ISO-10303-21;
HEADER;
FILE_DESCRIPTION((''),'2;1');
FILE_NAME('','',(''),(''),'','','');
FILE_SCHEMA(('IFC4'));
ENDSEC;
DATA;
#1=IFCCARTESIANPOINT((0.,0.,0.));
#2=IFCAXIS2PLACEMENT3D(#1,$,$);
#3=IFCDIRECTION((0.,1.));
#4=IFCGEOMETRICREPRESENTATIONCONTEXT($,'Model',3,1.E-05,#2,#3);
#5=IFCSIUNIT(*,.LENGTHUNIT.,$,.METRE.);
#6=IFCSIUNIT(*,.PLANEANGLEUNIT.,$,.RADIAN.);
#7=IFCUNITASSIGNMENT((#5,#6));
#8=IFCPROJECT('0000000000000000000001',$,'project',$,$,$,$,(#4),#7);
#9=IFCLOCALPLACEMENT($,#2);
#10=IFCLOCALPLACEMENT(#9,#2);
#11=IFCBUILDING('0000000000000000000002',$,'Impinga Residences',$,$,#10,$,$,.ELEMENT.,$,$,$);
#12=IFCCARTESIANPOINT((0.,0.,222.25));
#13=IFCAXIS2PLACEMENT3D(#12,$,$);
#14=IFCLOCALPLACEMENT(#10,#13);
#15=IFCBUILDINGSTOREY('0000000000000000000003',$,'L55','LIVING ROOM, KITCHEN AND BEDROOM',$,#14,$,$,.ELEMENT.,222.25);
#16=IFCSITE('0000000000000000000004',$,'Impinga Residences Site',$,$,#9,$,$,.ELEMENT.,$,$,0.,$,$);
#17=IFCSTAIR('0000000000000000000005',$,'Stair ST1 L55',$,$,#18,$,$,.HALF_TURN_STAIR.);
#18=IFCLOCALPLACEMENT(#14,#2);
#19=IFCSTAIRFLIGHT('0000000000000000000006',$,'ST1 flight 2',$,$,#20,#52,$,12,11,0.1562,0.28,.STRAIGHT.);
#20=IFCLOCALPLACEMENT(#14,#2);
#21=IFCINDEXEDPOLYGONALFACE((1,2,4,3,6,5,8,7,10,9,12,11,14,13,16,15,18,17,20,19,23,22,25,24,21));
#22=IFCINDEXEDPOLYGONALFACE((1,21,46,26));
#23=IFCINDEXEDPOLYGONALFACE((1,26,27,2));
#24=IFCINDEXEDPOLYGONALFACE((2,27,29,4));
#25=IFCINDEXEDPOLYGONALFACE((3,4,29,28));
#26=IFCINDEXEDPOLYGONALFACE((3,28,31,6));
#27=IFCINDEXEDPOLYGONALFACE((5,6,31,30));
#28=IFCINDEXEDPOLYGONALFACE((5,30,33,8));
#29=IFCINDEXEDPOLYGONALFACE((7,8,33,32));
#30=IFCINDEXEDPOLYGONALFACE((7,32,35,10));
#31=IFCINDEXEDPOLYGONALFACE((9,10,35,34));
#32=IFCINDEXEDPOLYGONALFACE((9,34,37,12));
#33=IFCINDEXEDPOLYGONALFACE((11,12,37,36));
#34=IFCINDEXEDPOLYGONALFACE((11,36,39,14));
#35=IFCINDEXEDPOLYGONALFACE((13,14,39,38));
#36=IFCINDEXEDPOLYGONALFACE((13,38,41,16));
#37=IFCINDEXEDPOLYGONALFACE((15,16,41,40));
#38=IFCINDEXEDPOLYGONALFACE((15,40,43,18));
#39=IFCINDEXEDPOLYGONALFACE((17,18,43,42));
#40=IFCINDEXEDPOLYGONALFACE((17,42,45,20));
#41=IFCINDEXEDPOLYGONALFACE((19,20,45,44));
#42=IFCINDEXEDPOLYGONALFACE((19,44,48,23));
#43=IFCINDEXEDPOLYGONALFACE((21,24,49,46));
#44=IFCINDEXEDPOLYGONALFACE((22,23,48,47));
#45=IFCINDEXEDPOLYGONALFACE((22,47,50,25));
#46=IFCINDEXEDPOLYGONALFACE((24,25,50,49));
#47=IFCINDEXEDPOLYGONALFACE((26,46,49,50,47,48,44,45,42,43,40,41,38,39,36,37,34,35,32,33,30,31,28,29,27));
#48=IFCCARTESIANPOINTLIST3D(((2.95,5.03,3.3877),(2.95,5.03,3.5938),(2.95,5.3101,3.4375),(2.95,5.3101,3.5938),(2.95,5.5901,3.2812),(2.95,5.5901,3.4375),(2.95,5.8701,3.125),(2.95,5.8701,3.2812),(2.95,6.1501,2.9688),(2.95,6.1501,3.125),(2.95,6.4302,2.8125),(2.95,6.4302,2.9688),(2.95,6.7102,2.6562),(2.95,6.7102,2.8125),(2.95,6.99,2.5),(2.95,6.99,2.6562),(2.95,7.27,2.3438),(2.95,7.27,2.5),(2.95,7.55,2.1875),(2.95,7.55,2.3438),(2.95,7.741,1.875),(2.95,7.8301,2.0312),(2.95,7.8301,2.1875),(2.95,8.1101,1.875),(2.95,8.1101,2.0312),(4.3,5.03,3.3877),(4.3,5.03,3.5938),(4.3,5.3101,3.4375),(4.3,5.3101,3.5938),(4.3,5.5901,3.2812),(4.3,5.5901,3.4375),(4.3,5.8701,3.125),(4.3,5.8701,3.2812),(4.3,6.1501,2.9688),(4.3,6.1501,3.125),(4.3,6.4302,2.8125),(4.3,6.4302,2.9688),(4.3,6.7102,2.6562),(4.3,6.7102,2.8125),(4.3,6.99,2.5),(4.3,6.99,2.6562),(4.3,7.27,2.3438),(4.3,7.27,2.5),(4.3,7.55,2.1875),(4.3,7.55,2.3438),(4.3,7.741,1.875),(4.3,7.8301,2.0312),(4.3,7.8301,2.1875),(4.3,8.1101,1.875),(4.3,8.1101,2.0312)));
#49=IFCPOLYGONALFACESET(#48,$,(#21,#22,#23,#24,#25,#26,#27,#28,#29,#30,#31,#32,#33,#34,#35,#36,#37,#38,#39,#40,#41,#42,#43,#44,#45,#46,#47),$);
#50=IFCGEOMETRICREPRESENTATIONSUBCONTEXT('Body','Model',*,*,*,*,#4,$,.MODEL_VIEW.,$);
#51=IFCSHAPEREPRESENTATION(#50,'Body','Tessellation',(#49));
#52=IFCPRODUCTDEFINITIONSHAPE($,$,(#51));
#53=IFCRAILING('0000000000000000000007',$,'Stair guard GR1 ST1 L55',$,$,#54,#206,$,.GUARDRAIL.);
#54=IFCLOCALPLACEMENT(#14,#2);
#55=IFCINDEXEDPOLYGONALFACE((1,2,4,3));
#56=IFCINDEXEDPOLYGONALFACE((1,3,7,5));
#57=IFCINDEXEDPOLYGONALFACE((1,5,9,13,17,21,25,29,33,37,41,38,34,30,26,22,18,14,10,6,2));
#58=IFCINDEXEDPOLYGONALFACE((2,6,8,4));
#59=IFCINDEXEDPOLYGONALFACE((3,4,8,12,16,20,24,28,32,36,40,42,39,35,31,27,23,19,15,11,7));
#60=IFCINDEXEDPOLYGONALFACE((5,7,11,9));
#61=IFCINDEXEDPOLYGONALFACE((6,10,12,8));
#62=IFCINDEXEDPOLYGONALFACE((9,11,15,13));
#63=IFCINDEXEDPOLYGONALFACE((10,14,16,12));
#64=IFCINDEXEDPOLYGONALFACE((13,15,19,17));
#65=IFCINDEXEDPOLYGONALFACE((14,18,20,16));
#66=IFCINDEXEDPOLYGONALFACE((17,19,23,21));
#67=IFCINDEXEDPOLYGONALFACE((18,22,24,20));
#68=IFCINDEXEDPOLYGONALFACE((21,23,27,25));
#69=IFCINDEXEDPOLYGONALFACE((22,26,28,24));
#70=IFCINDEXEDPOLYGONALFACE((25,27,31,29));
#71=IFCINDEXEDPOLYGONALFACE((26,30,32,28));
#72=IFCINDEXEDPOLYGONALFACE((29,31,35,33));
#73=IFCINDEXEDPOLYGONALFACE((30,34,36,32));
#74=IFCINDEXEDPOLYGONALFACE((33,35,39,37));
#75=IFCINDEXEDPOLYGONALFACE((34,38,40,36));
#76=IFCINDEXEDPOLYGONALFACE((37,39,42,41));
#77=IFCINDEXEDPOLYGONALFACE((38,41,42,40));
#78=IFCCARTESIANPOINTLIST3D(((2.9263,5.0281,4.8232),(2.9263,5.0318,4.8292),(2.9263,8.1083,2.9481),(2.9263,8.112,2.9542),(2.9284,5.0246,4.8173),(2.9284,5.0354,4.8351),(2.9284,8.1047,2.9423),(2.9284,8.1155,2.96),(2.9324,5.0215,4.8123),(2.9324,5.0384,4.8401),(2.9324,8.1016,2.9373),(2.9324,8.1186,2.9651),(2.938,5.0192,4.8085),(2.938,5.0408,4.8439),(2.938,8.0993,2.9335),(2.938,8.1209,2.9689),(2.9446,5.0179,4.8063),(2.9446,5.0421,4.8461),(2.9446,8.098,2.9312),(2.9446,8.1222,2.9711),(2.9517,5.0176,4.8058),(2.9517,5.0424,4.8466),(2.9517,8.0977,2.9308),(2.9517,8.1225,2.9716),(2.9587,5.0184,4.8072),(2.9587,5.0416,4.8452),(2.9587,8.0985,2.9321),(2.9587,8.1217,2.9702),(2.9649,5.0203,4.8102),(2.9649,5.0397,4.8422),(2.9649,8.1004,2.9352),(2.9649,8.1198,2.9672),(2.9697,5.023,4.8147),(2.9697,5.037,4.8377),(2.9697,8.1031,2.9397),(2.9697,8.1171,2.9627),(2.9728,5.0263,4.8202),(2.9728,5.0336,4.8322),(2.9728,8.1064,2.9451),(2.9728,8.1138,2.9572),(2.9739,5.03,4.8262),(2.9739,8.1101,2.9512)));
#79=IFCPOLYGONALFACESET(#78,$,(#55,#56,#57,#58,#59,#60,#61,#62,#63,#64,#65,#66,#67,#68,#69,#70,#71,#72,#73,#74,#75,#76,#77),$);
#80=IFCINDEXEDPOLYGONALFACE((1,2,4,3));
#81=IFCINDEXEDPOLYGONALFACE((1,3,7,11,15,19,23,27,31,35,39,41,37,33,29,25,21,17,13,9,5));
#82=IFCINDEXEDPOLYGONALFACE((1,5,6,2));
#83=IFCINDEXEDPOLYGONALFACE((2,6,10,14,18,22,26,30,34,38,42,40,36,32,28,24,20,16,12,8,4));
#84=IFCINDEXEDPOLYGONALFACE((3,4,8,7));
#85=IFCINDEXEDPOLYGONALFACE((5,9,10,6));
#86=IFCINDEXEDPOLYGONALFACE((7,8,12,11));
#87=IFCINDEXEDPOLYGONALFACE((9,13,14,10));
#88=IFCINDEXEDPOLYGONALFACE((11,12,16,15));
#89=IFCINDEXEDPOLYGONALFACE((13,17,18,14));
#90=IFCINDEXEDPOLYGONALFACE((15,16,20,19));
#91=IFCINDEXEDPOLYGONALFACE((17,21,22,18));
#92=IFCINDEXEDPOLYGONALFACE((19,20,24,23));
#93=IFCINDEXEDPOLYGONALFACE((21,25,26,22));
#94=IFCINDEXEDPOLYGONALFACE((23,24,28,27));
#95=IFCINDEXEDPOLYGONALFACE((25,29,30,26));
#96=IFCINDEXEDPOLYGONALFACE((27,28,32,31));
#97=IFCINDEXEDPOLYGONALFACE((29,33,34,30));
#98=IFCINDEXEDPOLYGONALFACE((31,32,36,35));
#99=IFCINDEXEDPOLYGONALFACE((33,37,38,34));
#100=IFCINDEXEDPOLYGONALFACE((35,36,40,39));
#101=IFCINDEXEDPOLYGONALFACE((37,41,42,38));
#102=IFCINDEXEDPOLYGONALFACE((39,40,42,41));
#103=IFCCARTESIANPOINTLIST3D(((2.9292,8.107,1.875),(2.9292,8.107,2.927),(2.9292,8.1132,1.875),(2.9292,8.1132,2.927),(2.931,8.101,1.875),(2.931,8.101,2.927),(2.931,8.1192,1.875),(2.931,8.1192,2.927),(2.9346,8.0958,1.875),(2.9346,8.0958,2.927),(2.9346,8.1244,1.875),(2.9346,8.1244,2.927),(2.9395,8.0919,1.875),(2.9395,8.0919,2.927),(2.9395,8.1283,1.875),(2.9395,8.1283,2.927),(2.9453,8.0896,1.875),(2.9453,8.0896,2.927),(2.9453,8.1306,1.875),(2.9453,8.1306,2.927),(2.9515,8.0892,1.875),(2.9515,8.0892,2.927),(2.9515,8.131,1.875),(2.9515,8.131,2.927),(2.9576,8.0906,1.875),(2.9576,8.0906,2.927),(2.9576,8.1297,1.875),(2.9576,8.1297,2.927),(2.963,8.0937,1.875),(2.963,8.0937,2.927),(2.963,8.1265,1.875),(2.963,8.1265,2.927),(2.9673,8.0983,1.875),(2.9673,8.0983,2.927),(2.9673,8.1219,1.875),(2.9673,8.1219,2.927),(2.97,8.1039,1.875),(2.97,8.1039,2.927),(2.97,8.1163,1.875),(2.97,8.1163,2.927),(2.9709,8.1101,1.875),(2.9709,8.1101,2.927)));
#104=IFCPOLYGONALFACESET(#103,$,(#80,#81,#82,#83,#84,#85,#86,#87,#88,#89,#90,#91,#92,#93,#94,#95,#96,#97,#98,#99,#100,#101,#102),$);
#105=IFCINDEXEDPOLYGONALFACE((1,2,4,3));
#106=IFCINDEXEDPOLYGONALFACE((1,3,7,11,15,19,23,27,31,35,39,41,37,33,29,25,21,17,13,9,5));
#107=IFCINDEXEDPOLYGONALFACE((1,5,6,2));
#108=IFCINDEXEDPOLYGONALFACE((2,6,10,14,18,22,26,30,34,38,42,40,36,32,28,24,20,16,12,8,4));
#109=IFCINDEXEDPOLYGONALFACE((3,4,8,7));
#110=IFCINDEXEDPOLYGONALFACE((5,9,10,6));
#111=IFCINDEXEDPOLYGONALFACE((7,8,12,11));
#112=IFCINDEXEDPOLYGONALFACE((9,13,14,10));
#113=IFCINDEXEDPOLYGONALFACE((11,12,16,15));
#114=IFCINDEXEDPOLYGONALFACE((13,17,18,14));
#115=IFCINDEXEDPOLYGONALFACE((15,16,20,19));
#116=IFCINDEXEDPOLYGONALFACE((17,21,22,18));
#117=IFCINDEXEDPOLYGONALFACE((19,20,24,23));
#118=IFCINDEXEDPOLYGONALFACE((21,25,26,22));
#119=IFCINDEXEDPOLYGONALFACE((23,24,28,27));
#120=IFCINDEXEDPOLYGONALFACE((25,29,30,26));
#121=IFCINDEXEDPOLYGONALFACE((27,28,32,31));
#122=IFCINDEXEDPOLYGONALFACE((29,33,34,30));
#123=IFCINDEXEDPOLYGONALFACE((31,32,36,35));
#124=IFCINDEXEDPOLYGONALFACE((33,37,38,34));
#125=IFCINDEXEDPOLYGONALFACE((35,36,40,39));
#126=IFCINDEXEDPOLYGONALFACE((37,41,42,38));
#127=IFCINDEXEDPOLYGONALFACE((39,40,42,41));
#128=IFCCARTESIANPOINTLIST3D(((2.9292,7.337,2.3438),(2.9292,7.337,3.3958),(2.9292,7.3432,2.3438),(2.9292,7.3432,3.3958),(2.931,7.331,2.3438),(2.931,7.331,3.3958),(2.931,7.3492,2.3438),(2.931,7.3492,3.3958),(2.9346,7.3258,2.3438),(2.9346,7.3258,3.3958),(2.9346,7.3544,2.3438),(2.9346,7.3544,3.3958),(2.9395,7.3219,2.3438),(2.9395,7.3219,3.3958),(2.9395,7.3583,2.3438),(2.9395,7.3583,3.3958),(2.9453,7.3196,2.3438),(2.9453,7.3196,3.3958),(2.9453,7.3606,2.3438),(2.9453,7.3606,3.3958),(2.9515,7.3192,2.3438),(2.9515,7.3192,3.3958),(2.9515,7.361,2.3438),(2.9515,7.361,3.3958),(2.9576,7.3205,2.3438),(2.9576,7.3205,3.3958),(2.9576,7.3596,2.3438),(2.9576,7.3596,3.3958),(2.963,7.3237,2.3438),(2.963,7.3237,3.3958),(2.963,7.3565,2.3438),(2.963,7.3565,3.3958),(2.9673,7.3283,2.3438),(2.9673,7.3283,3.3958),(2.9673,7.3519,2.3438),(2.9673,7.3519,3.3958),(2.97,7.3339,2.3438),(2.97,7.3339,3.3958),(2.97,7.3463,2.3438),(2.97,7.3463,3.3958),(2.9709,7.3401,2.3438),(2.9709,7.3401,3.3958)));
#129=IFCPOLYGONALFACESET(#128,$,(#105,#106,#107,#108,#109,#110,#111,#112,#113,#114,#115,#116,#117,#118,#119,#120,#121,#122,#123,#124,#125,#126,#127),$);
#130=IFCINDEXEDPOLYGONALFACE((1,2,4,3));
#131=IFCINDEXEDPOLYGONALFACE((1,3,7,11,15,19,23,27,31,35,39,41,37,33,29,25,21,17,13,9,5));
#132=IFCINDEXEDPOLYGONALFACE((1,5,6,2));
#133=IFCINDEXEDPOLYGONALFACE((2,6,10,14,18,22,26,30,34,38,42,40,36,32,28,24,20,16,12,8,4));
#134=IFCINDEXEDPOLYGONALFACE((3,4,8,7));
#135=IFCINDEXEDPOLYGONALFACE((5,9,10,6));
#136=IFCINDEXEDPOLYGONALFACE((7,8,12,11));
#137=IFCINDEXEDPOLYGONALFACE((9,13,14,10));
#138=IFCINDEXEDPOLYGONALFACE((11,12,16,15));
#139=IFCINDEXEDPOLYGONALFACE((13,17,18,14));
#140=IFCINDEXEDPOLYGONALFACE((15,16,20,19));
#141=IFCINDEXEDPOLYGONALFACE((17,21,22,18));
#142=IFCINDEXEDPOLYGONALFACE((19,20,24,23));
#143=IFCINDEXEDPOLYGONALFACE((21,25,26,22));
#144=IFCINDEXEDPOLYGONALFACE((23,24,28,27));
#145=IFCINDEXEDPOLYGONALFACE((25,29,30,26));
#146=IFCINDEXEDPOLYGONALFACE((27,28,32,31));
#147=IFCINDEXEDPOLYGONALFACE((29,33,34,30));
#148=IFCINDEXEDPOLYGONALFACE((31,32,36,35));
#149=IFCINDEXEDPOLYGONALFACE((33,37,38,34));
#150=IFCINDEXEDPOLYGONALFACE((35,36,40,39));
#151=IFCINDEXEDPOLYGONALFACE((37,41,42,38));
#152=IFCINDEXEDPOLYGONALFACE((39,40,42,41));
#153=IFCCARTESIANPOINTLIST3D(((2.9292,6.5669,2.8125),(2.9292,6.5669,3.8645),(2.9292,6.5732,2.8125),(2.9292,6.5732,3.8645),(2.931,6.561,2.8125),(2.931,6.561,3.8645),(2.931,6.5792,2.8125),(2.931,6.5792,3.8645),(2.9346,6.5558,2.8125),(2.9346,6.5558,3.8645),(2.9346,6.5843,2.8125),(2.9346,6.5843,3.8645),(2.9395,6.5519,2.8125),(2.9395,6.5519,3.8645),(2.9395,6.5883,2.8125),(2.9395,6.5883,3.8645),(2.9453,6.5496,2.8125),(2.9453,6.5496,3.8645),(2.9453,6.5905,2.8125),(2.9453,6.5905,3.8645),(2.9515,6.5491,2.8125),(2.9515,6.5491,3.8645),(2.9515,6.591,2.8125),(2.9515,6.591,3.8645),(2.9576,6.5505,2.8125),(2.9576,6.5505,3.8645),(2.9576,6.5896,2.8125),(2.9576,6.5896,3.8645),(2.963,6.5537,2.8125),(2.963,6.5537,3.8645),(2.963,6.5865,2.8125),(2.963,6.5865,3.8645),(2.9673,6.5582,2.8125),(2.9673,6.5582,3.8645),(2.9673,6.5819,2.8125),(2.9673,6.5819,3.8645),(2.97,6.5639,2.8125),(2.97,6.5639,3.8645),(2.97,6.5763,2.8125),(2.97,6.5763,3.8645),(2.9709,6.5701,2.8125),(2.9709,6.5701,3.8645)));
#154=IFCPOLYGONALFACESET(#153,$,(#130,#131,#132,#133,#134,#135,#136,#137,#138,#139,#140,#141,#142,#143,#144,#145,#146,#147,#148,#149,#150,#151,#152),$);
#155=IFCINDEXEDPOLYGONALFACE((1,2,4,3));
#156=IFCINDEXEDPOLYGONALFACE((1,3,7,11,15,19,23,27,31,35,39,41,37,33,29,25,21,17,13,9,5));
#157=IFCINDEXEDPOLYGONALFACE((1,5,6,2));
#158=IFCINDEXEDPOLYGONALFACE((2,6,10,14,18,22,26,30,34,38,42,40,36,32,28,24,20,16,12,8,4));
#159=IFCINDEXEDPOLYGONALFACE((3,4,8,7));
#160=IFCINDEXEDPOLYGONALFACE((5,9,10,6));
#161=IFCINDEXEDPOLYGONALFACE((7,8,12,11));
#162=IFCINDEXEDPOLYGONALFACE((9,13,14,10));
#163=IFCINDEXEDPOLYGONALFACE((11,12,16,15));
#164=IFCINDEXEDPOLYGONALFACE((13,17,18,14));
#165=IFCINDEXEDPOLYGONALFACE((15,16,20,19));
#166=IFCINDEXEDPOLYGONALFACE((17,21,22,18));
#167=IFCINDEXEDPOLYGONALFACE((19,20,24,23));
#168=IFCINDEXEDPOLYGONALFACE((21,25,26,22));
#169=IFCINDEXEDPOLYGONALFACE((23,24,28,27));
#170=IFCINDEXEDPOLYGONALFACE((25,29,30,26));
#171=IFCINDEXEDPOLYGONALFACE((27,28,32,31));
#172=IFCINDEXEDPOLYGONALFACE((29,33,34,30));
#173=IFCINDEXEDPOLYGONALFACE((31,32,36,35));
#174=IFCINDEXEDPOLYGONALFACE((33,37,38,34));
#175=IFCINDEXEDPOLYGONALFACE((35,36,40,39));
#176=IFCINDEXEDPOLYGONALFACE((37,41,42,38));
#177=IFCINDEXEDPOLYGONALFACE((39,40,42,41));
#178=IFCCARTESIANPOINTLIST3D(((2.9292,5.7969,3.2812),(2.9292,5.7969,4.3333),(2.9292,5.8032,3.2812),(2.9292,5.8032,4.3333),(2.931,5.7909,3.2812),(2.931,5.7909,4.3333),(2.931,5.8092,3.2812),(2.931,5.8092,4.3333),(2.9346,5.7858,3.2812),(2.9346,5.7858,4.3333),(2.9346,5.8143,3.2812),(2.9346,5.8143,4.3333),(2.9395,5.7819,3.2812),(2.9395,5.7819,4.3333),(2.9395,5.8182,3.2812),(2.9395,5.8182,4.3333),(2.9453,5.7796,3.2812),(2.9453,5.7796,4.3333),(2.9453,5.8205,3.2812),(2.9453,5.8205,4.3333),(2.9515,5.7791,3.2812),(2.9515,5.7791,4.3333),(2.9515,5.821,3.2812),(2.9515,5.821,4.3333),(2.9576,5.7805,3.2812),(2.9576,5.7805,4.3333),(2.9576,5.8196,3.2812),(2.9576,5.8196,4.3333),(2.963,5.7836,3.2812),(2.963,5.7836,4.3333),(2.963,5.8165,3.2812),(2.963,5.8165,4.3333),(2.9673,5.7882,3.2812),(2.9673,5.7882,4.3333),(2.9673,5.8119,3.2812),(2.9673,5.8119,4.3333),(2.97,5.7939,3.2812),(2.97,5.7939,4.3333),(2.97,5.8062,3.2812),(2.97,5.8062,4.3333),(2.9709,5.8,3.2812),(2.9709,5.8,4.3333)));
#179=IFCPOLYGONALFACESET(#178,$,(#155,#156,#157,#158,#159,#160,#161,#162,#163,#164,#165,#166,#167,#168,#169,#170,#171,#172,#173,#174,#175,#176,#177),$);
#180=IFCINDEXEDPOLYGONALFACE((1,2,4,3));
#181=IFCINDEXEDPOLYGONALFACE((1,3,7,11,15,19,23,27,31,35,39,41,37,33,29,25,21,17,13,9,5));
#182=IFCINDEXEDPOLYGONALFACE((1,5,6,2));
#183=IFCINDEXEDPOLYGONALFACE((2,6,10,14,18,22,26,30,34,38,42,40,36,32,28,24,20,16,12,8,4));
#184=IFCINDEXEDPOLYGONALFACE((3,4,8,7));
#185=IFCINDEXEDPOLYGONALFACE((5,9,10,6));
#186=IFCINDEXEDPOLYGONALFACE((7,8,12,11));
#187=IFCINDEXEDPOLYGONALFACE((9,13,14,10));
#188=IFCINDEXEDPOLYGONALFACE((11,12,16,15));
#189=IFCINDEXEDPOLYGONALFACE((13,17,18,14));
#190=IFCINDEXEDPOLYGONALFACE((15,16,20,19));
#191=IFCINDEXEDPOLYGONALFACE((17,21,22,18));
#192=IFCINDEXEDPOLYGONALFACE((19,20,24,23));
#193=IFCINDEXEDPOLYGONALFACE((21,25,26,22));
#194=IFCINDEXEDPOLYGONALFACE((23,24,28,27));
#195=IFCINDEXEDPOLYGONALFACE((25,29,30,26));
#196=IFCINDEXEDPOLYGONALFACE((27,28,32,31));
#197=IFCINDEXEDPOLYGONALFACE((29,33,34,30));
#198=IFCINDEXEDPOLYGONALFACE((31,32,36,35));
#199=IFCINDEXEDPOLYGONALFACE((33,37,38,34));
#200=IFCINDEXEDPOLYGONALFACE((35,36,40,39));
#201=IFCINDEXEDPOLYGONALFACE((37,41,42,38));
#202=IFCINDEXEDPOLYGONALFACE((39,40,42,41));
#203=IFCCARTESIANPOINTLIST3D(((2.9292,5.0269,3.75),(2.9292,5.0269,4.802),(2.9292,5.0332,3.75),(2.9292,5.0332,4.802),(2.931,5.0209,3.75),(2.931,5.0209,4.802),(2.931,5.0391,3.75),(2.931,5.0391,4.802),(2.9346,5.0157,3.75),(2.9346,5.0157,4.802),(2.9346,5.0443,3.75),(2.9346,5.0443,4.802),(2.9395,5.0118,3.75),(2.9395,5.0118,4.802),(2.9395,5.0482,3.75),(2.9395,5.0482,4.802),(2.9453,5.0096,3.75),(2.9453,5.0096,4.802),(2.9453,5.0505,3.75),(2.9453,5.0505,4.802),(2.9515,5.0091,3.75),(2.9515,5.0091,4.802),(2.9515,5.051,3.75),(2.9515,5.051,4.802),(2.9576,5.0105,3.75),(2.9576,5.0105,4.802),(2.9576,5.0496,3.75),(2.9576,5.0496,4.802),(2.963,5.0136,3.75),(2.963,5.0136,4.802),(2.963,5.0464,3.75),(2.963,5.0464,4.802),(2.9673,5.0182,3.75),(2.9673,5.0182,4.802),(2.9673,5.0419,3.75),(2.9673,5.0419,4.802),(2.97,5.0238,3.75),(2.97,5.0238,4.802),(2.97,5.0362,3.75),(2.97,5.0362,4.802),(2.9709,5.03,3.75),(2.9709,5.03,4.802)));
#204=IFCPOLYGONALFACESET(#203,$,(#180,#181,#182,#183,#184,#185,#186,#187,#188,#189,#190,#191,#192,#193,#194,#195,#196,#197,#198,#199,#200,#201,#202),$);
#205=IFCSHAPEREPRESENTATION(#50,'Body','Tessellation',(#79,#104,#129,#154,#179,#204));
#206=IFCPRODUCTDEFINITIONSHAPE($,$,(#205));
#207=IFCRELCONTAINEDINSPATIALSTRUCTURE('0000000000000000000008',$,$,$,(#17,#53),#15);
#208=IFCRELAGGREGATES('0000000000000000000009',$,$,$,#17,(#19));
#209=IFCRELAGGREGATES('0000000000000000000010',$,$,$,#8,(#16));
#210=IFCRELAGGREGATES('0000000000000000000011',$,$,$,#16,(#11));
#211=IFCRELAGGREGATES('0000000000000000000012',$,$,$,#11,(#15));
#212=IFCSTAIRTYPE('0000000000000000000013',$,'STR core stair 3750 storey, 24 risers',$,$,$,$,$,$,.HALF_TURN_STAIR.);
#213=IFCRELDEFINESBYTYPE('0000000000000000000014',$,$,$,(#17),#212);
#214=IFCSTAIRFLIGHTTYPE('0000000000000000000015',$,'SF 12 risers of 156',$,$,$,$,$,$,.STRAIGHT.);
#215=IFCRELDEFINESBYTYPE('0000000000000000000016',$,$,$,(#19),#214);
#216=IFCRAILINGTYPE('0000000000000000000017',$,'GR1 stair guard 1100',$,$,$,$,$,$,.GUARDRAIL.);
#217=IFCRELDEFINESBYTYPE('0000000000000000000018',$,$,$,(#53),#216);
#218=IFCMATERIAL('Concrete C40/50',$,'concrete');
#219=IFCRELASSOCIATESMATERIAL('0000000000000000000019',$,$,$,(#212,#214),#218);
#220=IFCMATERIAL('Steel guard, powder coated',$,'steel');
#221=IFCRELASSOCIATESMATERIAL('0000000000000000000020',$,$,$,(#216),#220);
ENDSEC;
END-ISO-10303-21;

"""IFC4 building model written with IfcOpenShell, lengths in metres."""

from ifc_helpers import new_model, si_unit, direction, frame, origin, origin_2d, place, context, subcontext, project, spatial, polyline, circle, outline, extrude, material, type_object, element, aggregate, save


model = new_model("IFC4")

# Units and contexts
model_context = context("Model", 3, precision=1e-05, world=origin(), true_north=direction((0.0, 1.0)))
body_context = subcontext(model_context, "Body", "Model", "MODEL_VIEW")
ifc_project = project(units=[si_unit("LENGTHUNIT", "METRE"), si_unit("PLANEANGLEUNIT", "RADIAN")], contexts=[model_context])

# Site, building, storey
site_placement = place(None, origin())
site = spatial("IfcSite", under=ifc_project, at=site_placement, Name="Impinga Residences Site", CompositionType="ELEMENT", RefElevation=0.0)
building_placement = place(site_placement, origin())
building = spatial("IfcBuilding", under=site, at=building_placement, Name="Impinga Residences", CompositionType="ELEMENT")
storey_placement = place(building_placement, frame((0.0, 0.0, 222.25)))
storey = spatial("IfcBuildingStorey", under=building, at=storey_placement, Name="L55", Description="LIVING ROOM, KITCHEN AND BEDROOM", CompositionType="ELEMENT", Elevation=222.25)

# Stair, stair flight
ifc_material_1 = material(Name="Concrete C40/50", Category="concrete")
stair_type = type_object("IfcStairType", Name="STR core stair 3750 storey, 24 risers", PredefinedType="HALF_TURN_STAIR", material=ifc_material_1)
stair_placement = place(storey_placement, origin())
stair = element("IfcStair", 1, at=stair_placement, inside=storey, type_object=stair_type, Name="Stair ST1 L55", PredefinedType="HALF_TURN_STAIR")
stair_flight_type = type_object("IfcStairFlightType", Name="SF 12 risers of 156", PredefinedType="STRAIGHT", material=ifc_material_1)
stair_flight_placement = place(storey_placement, frame((3.625, 8.1101, 1.875), z_axis=(0.0, 0.0, 1.0), x_axis=(0.0, -1.0, 0.0)))
stair_flight = element("IfcStairFlight", 2, at=stair_flight_placement, type_object=stair_flight_type, Name="ST1 flight 2", NumberOfRisers=12, NumberOfTreads=11, PredefinedType="STRAIGHT", RiserHeight=0.1562, TreadLength=0.28, context=body_context, shape_type="SweptSolid", body=[
    extrude(outline(polyline([(0.0, 0.0), (0.0, 0.1562), (0.28, 0.1562), (0.28, 0.3125), (0.5601, 0.3125), (0.5601, 0.4688), (0.8401, 0.4688), (0.8401, 0.625), (1.1201, 0.625), (1.1201, 0.7812), (1.3999, 0.7812), (1.3999, 0.9375), (1.6799, 0.9375), (1.6799, 1.0938), (1.96, 1.0938), (1.96, 1.25), (2.24, 1.25), (2.24, 1.4062), (2.52, 1.4062), (2.52, 1.5625), (2.8, 1.5625), (2.8, 1.7188), (3.0801, 1.7188), (3.0801, 1.875), (3.0801, 1.5127), (0.3691, 0.0), (0.0, 0.0)])), frame((0.0, 0.675, 0.0), z_axis=(0.0, -1.0, 0.0), x_axis=(1.0, 0.0, 0.0)), (0.0, 0.0, 1.0), 1.3501),
])
aggregate(stair, [stair_flight])

# Railing
ifc_material_2 = material(Name="Steel guard, powder coated", Category="steel")
railing_type_1 = type_object("IfcRailingType", Name="GR1 stair guard 1100", PredefinedType="GUARDRAIL", material=ifc_material_2)
railing_1_placement = place(storey_placement, frame((2.95, 8.1101, 1.875)))
element("IfcRailing", 3, at=railing_1_placement, inside=storey, type_object=railing_type_1, Name="Stair guard GR1 ST1 L55", PredefinedType="GUARDRAIL", context=body_context, shape_type="SweptSolid", body=[
    extrude(circle(Radius=0.0239, at=origin_2d()), frame((0.0, 0.0, 1.0762), z_axis=(0.0, -0.854178, 0.519981), x_axis=(1.0, 0.0, 0.0)), (0.0, 0.0, 1.0), 3.606),
    extrude(circle(Radius=0.021, at=origin_2d()), origin(), (0.0, 0.0, 1.0), 1.052),
    extrude(circle(Radius=0.021, at=origin_2d()), frame((0.0, -0.77, 0.4688)), (0.0, 0.0, 1.0), 1.052),
    extrude(circle(Radius=0.021, at=origin_2d()), frame((0.0, -1.54, 0.9375)), (0.0, 0.0, 1.0), 1.052),
    extrude(circle(Radius=0.021, at=origin_2d()), frame((0.0, -2.3101, 1.4062)), (0.0, 0.0, 1.0), 1.052),
    extrude(circle(Radius=0.021, at=origin_2d()), frame((0.0, -3.0801, 1.875)), (0.0, 0.0, 1.0), 1.052),
])

save(model, "model.ifc")
